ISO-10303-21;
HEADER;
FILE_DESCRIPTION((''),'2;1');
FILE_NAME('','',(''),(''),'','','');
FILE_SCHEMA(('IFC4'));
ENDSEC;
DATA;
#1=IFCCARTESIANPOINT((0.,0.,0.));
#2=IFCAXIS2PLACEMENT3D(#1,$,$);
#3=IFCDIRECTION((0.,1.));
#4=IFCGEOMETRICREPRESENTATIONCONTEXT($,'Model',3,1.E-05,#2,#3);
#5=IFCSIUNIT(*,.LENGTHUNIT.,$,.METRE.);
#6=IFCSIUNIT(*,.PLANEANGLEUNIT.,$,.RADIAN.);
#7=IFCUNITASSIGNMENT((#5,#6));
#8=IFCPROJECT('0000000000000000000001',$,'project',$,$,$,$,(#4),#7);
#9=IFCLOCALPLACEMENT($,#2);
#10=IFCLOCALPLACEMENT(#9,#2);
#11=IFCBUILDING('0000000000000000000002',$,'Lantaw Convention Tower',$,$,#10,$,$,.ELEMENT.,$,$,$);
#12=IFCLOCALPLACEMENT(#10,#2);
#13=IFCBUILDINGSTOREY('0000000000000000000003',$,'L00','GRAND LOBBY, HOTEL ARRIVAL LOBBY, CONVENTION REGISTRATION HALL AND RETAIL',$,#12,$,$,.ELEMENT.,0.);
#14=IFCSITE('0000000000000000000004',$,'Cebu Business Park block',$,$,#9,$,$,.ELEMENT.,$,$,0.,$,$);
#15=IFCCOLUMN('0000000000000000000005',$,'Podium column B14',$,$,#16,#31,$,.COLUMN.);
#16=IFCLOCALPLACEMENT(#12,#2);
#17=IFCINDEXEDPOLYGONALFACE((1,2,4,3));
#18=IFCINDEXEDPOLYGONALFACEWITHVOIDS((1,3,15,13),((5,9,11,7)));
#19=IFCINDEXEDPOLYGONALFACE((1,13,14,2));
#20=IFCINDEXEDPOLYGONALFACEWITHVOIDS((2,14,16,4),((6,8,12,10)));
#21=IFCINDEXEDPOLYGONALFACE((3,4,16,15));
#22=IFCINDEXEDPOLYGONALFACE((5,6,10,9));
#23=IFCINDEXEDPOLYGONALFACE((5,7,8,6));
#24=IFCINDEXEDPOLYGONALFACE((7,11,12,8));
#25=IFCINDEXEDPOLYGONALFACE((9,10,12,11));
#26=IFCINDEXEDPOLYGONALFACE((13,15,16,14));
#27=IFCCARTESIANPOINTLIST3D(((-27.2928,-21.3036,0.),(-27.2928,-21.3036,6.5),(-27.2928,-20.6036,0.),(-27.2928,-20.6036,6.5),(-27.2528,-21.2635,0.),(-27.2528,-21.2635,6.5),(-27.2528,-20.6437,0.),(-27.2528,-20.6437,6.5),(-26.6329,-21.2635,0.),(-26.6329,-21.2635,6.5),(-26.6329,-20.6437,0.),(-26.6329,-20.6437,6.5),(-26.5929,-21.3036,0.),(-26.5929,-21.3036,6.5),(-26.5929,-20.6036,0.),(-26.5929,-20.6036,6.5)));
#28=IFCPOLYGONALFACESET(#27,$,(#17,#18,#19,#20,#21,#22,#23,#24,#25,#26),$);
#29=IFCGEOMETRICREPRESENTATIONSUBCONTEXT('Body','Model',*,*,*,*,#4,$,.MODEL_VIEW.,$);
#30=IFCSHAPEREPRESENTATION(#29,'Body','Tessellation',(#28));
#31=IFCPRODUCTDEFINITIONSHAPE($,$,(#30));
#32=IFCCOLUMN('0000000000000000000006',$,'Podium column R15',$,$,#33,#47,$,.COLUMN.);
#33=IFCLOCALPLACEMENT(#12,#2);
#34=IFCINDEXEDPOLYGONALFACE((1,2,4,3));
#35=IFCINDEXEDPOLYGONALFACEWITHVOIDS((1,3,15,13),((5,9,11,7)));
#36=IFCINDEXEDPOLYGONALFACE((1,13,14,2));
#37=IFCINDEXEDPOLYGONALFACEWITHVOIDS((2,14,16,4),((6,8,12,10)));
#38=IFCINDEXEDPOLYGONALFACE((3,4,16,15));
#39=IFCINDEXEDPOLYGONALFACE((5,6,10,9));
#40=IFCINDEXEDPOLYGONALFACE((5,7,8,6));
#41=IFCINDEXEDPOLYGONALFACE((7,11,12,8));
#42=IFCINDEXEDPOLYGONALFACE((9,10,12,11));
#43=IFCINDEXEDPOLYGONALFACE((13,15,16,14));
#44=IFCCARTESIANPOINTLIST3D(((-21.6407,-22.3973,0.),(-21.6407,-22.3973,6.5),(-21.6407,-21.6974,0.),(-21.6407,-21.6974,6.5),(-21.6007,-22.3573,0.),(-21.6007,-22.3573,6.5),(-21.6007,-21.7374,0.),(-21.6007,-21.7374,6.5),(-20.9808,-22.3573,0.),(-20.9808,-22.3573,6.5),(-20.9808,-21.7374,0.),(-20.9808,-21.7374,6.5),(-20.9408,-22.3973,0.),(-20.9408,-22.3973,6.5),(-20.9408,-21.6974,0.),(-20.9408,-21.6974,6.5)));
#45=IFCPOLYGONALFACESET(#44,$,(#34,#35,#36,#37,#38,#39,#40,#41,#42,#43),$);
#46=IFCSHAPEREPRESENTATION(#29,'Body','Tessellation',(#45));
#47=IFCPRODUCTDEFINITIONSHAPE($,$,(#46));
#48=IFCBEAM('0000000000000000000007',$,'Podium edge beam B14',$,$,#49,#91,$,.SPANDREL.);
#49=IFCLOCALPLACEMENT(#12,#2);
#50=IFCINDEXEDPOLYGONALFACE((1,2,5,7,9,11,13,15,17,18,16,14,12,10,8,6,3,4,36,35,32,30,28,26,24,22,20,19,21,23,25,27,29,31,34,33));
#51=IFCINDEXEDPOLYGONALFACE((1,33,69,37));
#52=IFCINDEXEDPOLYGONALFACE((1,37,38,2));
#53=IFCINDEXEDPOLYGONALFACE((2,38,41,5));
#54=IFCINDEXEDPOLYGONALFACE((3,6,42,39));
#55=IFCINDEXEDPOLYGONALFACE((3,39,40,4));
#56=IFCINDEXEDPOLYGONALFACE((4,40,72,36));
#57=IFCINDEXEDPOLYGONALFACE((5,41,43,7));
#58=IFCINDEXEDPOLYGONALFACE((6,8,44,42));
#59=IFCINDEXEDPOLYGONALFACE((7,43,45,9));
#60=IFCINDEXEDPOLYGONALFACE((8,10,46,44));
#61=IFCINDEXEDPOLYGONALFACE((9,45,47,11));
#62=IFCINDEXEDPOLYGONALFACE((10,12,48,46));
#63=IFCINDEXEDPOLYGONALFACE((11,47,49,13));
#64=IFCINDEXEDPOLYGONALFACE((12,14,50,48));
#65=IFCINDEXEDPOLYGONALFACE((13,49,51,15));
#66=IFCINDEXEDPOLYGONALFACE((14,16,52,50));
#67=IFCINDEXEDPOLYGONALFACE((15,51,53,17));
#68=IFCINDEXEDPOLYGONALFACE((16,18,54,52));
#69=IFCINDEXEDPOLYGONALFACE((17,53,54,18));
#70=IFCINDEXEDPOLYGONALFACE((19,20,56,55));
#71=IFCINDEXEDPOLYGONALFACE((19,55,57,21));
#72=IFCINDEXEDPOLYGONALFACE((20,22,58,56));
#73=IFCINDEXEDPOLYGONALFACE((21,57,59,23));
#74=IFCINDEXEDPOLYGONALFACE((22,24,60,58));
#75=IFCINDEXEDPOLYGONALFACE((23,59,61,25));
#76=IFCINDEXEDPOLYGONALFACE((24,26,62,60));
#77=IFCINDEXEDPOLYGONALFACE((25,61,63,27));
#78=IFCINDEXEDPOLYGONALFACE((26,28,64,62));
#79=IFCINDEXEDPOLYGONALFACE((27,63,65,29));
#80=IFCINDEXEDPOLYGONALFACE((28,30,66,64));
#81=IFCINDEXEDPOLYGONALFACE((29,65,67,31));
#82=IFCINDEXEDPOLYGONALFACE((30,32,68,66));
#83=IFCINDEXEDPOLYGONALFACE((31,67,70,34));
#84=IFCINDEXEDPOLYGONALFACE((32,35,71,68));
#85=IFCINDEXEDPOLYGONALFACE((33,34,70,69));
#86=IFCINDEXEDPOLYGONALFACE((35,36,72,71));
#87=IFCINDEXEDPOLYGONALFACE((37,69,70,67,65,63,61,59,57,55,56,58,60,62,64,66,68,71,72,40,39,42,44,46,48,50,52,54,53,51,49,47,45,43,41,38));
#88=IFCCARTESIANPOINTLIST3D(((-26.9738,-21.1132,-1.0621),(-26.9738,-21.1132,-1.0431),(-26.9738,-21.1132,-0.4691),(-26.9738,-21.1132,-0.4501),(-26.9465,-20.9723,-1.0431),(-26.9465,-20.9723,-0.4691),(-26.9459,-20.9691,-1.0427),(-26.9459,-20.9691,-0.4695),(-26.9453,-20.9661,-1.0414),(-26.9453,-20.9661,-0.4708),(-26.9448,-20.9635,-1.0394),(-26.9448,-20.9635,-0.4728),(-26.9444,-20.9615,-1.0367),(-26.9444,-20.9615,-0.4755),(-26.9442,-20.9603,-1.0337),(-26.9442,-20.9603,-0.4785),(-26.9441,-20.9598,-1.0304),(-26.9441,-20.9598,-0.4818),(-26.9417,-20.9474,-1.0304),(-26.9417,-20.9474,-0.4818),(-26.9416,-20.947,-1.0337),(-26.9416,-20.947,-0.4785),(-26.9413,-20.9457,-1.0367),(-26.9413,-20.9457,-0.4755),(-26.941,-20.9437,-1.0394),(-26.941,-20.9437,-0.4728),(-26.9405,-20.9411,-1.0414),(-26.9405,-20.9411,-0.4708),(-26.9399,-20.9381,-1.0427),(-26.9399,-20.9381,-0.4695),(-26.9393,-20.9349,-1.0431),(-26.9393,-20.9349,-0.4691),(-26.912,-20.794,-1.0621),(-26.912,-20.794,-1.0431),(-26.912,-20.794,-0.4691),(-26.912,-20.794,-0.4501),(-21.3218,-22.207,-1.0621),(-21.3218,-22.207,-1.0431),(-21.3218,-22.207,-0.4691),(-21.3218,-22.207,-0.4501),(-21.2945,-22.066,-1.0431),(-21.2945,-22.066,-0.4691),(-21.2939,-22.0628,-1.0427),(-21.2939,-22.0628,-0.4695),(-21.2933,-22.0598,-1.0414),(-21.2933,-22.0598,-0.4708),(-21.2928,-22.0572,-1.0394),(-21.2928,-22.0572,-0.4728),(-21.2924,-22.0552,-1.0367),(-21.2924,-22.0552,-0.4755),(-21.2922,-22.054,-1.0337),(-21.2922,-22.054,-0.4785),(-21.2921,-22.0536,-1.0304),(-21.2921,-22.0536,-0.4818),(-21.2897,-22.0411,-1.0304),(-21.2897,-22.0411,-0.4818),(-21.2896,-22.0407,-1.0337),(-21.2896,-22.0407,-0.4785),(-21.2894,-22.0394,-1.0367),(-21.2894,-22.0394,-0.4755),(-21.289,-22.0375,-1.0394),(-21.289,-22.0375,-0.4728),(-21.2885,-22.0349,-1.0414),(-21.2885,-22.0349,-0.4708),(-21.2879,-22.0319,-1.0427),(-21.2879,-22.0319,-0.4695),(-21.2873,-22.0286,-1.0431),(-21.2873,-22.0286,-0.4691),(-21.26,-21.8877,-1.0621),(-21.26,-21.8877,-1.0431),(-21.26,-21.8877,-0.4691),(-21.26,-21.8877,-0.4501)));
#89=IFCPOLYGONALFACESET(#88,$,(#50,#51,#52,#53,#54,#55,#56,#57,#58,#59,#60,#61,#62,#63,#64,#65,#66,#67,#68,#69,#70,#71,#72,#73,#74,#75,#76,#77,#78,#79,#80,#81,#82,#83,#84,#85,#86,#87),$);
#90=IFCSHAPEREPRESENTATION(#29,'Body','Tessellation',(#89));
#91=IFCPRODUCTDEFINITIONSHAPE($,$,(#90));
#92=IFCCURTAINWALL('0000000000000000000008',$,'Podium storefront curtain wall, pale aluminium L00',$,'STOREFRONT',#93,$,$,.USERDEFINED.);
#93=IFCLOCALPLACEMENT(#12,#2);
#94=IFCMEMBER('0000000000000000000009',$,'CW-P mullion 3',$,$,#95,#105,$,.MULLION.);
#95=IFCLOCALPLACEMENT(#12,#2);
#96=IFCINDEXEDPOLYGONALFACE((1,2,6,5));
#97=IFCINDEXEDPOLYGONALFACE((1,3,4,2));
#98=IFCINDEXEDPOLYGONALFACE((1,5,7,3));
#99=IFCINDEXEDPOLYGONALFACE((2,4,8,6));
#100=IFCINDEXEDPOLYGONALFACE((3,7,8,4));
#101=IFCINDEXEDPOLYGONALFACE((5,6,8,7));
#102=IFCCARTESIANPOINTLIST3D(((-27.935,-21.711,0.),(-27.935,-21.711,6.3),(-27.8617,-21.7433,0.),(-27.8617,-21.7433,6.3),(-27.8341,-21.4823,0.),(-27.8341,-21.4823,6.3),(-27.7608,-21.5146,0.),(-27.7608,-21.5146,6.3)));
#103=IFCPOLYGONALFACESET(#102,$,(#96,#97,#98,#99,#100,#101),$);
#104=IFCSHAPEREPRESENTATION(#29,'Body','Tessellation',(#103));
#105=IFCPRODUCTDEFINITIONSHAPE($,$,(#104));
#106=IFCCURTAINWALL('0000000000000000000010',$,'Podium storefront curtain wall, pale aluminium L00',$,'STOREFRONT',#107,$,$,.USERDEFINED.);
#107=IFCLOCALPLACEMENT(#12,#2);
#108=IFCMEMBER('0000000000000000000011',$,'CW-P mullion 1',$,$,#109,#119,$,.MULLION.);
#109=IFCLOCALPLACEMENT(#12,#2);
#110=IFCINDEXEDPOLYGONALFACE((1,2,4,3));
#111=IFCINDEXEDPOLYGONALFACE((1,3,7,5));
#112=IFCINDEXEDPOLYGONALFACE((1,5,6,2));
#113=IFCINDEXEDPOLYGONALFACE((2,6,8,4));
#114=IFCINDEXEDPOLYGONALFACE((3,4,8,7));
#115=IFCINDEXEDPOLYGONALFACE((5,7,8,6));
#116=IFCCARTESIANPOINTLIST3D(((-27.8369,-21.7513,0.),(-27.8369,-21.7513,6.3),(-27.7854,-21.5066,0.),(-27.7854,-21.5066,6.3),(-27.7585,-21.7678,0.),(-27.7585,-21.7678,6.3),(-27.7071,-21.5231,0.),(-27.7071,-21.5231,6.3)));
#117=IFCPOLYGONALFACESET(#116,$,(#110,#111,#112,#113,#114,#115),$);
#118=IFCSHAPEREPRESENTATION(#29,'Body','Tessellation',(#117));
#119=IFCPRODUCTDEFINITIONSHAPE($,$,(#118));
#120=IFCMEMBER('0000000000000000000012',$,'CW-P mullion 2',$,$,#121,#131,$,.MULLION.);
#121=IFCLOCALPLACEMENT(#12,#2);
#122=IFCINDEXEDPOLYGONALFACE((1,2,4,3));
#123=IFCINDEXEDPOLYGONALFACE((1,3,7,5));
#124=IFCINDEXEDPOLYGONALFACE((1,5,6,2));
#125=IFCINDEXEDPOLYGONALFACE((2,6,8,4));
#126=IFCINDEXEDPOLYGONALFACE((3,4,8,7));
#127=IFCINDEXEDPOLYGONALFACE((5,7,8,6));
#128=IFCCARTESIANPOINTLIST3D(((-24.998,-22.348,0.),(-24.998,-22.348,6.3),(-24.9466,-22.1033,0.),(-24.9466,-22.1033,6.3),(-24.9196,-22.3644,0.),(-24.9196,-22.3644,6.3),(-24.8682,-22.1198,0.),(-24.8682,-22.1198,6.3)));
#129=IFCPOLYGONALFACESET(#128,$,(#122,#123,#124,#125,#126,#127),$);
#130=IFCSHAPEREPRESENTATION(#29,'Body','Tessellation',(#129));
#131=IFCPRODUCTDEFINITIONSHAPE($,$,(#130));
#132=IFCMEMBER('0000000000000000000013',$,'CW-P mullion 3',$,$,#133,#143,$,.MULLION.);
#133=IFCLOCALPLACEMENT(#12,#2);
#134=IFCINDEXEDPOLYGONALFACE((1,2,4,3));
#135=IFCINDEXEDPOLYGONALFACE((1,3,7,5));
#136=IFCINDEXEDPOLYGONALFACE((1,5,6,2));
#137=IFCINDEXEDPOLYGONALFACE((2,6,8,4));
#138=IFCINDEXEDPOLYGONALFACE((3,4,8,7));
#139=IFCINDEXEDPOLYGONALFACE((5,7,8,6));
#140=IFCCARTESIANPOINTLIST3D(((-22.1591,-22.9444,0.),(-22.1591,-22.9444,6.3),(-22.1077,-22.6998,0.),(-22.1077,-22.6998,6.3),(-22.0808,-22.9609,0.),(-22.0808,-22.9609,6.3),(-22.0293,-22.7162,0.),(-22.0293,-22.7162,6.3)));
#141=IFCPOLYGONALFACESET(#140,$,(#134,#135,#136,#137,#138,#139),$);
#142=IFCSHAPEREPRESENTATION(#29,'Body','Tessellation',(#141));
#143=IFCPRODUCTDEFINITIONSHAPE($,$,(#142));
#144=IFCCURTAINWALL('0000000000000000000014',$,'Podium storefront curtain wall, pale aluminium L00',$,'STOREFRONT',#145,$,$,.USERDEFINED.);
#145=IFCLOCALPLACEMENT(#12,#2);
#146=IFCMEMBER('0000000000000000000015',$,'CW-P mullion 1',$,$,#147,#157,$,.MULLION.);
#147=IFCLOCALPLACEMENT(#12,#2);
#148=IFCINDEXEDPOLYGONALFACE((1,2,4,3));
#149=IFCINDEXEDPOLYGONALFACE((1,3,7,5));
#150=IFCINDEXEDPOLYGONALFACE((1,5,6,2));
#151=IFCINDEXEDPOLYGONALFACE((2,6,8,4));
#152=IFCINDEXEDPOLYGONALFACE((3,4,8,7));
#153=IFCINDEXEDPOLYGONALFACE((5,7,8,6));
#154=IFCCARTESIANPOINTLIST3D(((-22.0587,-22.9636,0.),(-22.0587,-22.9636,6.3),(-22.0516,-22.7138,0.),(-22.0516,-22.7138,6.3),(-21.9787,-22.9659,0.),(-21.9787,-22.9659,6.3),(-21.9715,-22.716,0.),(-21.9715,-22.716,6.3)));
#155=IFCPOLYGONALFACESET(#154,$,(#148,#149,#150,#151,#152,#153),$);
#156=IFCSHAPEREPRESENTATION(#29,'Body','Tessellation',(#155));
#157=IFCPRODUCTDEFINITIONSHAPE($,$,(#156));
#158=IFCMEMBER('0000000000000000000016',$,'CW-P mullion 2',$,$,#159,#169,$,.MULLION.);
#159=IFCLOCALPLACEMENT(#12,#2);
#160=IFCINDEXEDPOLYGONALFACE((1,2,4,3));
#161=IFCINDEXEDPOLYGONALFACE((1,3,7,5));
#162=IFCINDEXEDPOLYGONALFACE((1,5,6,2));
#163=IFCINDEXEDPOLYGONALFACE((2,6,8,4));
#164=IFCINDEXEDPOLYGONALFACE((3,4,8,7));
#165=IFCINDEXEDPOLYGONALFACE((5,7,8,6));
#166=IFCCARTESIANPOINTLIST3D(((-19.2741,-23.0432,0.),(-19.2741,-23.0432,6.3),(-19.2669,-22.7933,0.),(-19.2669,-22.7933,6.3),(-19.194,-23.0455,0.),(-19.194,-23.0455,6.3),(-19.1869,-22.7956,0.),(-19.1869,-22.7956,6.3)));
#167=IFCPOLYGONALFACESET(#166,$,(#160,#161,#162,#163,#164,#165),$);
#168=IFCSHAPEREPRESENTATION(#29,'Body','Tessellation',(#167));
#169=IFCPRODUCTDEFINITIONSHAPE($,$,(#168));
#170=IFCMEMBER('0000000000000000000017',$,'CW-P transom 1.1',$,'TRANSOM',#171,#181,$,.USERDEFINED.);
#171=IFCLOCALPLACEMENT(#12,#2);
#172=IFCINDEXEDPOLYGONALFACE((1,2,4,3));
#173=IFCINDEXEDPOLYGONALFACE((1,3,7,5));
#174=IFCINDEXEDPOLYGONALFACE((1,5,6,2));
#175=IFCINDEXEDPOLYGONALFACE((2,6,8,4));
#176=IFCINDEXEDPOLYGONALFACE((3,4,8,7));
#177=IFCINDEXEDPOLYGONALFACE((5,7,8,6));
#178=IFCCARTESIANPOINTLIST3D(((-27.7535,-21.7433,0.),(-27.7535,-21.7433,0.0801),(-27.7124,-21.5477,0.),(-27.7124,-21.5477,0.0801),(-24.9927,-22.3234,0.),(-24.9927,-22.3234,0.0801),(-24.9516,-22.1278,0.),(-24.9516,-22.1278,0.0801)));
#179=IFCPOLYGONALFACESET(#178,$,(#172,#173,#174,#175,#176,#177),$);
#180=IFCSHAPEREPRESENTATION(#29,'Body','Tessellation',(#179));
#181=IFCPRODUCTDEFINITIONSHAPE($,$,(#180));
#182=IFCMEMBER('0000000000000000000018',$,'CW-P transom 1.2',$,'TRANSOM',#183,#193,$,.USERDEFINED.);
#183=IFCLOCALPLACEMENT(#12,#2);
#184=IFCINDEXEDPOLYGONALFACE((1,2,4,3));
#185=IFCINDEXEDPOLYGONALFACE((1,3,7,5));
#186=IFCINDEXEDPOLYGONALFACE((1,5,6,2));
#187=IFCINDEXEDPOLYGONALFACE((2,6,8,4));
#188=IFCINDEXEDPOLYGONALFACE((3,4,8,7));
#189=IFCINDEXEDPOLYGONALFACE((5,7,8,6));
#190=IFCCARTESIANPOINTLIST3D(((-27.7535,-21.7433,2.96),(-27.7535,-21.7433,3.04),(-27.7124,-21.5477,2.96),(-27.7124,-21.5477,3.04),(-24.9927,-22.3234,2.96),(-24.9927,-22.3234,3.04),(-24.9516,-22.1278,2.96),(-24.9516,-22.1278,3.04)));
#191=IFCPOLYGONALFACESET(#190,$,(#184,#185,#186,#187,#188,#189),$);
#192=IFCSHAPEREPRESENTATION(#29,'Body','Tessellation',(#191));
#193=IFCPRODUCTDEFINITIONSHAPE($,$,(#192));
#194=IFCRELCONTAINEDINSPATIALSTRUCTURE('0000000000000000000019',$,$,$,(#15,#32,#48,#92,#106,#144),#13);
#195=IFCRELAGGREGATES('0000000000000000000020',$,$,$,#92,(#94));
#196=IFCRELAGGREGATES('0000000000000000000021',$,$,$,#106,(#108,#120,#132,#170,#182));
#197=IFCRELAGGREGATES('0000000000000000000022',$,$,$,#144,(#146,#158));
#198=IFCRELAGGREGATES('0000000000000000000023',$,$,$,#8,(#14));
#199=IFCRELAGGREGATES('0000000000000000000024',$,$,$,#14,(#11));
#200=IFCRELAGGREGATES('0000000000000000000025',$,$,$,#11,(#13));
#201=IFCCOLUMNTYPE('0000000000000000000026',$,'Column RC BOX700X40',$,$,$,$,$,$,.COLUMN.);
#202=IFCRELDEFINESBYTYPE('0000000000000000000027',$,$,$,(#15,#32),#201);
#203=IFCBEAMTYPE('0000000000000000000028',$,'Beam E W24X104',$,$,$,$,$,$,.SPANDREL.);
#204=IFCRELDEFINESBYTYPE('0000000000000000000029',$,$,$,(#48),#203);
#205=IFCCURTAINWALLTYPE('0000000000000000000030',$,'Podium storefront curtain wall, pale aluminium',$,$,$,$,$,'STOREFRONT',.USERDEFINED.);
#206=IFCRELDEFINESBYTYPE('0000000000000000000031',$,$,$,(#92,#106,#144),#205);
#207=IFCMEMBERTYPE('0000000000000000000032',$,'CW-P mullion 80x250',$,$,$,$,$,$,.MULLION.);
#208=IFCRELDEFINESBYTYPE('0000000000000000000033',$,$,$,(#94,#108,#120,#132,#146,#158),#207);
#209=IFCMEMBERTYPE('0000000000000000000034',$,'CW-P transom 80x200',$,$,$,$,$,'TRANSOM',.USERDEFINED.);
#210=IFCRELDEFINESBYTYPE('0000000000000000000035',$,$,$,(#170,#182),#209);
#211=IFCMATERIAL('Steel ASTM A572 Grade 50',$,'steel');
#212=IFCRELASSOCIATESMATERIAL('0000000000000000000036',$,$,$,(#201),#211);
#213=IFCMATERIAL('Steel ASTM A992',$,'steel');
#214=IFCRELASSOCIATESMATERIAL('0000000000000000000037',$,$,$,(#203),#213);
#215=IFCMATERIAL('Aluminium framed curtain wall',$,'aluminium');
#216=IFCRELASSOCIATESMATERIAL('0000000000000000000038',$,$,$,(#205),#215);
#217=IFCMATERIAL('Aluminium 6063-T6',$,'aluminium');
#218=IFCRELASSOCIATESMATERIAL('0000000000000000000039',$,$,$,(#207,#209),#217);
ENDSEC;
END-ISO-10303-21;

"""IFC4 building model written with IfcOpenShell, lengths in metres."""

from ifc_helpers import new_model, si_unit, direction, frame, origin, origin_2d, place, context, subcontext, project, spatial, rectangle, hollow_rectangle, i_section, extrude, material, material_profile, profile_set, type_object, element, aggregate, save


model = new_model("IFC4")

# Units and contexts
model_context = context("Model", 3, precision=1e-05, world=origin(), true_north=direction((0.0, 1.0)))
body_context = subcontext(model_context, "Body", "Model", "MODEL_VIEW")
ifc_project = project(units=[si_unit("LENGTHUNIT", "METRE"), si_unit("PLANEANGLEUNIT", "RADIAN")], contexts=[model_context])

# Site, building, storey
site_placement = place(None, origin())
site = spatial("IfcSite", under=ifc_project, at=site_placement, Name="Cebu Business Park block", CompositionType="ELEMENT", RefElevation=0.0)
building_placement = place(site_placement, origin())
building = spatial("IfcBuilding", under=site, at=building_placement, Name="Lantaw Convention Tower", CompositionType="ELEMENT")
storey_placement = place(building_placement, origin())
storey = spatial("IfcBuildingStorey", under=building, at=storey_placement, Name="L00", Description="GRAND LOBBY, HOTEL ARRIVAL LOBBY, CONVENTION REGISTRATION HALL AND RETAIL", CompositionType="ELEMENT", Elevation=0.0)

# Columns
ifc_material_1 = material(Name="Steel ASTM A572 Grade 50", Category="steel")
ifc_material_profile_1 = material_profile(ifc_material_1, hollow_rectangle(XDim=0.7, YDim=0.7, WallThickness=0.04, at=origin_2d()), Name="BOX700X40")
ifc_profile_set_1 = profile_set([ifc_material_profile_1], Name="Steel ASTM A572 Grade 50")
column_type = type_object("IfcColumnType", Name="Column RC BOX700X40", PredefinedType="COLUMN", material=ifc_profile_set_1)
for number, where, z_axis, x_axis, name in (
    (1, (-26.9429, -20.9536, 0.0), (0.0, 0.0, 1.0), (1.0, 0.0, 0.0), "Podium column B14"),
    (2, (-21.2908, -22.0474, 0.0), (0.0, 0.0, 1.0), (1.0, 0.0, 0.0), "Podium column R15"),
):
    element("IfcColumn", number, at=place(storey_placement, frame(where, z_axis=z_axis, x_axis=x_axis)), inside=storey, type_object=column_type, Name=name, PredefinedType="COLUMN", context=body_context, shape_type="SweptSolid", body=[
        extrude(hollow_rectangle(XDim=0.7, YDim=0.7, WallThickness=0.04, at=origin_2d()), origin(), (0.0, 0.0, 1.0), 6.5),
    ])

# Beam
ifc_material_2 = material(Name="Steel ASTM A992", Category="steel")
ifc_material_profile_2 = material_profile(ifc_material_2, i_section(OverallWidth=0.3252, OverallDepth=0.6121, WebThickness=0.0127, FlangeThickness=0.019, FilletRadius=0.0127, at=origin_2d()), Name="W24X104")
ifc_profile_set_2 = profile_set([ifc_material_profile_2], Name="Steel ASTM A992")
beam_type = type_object("IfcBeamType", Name="Beam E W24X104", PredefinedType="SPANDREL", material=ifc_profile_set_2)
beam_placement = place(storey_placement, frame((-26.9429, -20.9536, -0.7561), z_axis=(0.981786, -0.189988, 0.0), x_axis=(0.189988, 0.981786, 0.0)))
element("IfcBeam", 3, at=beam_placement, inside=storey, type_object=beam_type, Name="Podium edge beam B14", PredefinedType="SPANDREL", context=body_context, shape_type="SweptSolid", body=[
    extrude(i_section(OverallWidth=0.3252, OverallDepth=0.6121, WebThickness=0.0127, FlangeThickness=0.019, FilletRadius=0.0127, at=origin_2d()), origin(), (0.0, 0.0, 1.0), 5.7568),
])

# Curtain wall, member
ifc_material_3 = material(Name="Aluminium framed curtain wall", Category="aluminium")
curtain_wall_type = type_object("IfcCurtainWallType", Name="Podium storefront curtain wall, pale aluminium", ElementType="STOREFRONT", PredefinedType="USERDEFINED", material=ifc_material_3)
curtain_wall_1_placement = place(storey_placement, origin())
curtain_wall_1 = element("IfcCurtainWall", 4, at=curtain_wall_1_placement, inside=storey, type_object=curtain_wall_type, Name="Podium storefront curtain wall, pale aluminium L00", ObjectType="STOREFRONT", PredefinedType="USERDEFINED")
ifc_material_4 = material(Name="Aluminium 6063-T6", Category="aluminium")
ifc_material_profile_3 = material_profile(ifc_material_4, rectangle(XDim=0.25, YDim=0.0801, at=origin_2d()), Name="CW-P mullion 80x250")
ifc_profile_set_3 = profile_set([ifc_material_profile_3], Name="Aluminium 6063-T6")
member_type_1 = type_object("IfcMemberType", Name="CW-P mullion 80x250", PredefinedType="MULLION", material=ifc_profile_set_3)
member_1_placement = place(storey_placement, frame((-27.8479, -21.6128, 0.0), z_axis=(0.0, 0.0, 1.0), x_axis=(0.403802, 0.914846, 0.0)))
member_1 = element("IfcMember", 5, at=member_1_placement, type_object=member_type_1, Name="CW-P mullion 3", PredefinedType="MULLION", context=body_context, shape_type="SweptSolid", body=[
    extrude(rectangle(XDim=0.25, YDim=0.0801, at=origin_2d()), origin(), (0.0, 0.0, 1.0), 6.3),
])
aggregate(curtain_wall_1, [member_1])

# Curtain walls, members
curtain_wall_2_placement = place(storey_placement, origin())
curtain_wall_2 = element("IfcCurtainWall", 6, at=curtain_wall_2_placement, inside=storey, type_object=curtain_wall_type, Name="Podium storefront curtain wall, pale aluminium L00", ObjectType="STOREFRONT", PredefinedType="USERDEFINED")
member_2_placement = place(storey_placement, frame((-27.772, -21.6372, 0.0), z_axis=(0.0, 0.0, 1.0), x_axis=(0.20565, 0.978626, 0.0)))
member_2 = element("IfcMember", 7, at=member_2_placement, type_object=member_type_1, Name="CW-P mullion 1", PredefinedType="MULLION", context=body_context, shape_type="SweptSolid", body=[
    extrude(rectangle(XDim=0.25, YDim=0.0801, at=origin_2d()), origin(), (0.0, 0.0, 1.0), 6.3),
])
member_3_placement = place(storey_placement, frame((-24.9331, -22.2339, 0.0), z_axis=(0.0, 0.0, 1.0), x_axis=(0.20565, 0.978626, 0.0)))
member_3 = element("IfcMember", 8, at=member_3_placement, type_object=member_type_1, Name="CW-P mullion 2", PredefinedType="MULLION", context=body_context, shape_type="SweptSolid", body=[
    extrude(rectangle(XDim=0.25, YDim=0.0801, at=origin_2d()), origin(), (0.0, 0.0, 1.0), 6.3),
])
member_4_placement = place(storey_placement, frame((-22.0942, -22.8303, 0.0), z_axis=(0.0, 0.0, 1.0), x_axis=(0.20565, 0.978626, 0.0)))
member_4 = element("IfcMember", 9, at=member_4_placement, type_object=member_type_1, Name="CW-P mullion 3", PredefinedType="MULLION", context=body_context, shape_type="SweptSolid", body=[
    extrude(rectangle(XDim=0.25, YDim=0.0801, at=origin_2d()), origin(), (0.0, 0.0, 1.0), 6.3),
])
curtain_wall_3_placement = place(storey_placement, origin())
curtain_wall_3 = element("IfcCurtainWall", 10, at=curtain_wall_3_placement, inside=storey, type_object=curtain_wall_type, Name="Podium storefront curtain wall, pale aluminium L00", ObjectType="STOREFRONT", PredefinedType="USERDEFINED")
member_5_placement = place(storey_placement, frame((-22.0151, -22.8398, 0.0), z_axis=(0.0, 0.0, 1.0), x_axis=(0.028552, 0.999592, 0.0)))
member_5 = element("IfcMember", 11, at=member_5_placement, type_object=member_type_1, Name="CW-P mullion 1", PredefinedType="MULLION", context=body_context, shape_type="SweptSolid", body=[
    extrude(rectangle(XDim=0.25, YDim=0.0801, at=origin_2d()), origin(), (0.0, 0.0, 1.0), 6.3),
])
member_6_placement = place(storey_placement, frame((-19.2305, -22.9194, 0.0), z_axis=(0.0, 0.0, 1.0), x_axis=(0.028552, 0.999592, 0.0)))
member_6 = element("IfcMember", 12, at=member_6_placement, type_object=member_type_1, Name="CW-P mullion 2", PredefinedType="MULLION", context=body_context, shape_type="SweptSolid", body=[
    extrude(rectangle(XDim=0.25, YDim=0.0801, at=origin_2d()), origin(), (0.0, 0.0, 1.0), 6.3),
])

# Members
ifc_material_profile_4 = material_profile(ifc_material_4, rectangle(XDim=0.2, YDim=0.0801, at=origin_2d()), Name="CW-P transom 80x200")
ifc_profile_set_4 = profile_set([ifc_material_profile_4], Name="Aluminium 6063-T6")
member_type_2 = type_object("IfcMemberType", Name="CW-P transom 80x200", ElementType="TRANSOM", PredefinedType="USERDEFINED", material=ifc_profile_set_4)
member_7_placement = place(storey_placement, frame((-27.7329, -21.6455, 0.04), z_axis=(0.978631, -0.205627, 0.0), x_axis=(0.205627, 0.978631, 0.0)))
member_7 = element("IfcMember", 13, at=member_7_placement, type_object=member_type_2, Name="CW-P transom 1.1", ObjectType="TRANSOM", PredefinedType="USERDEFINED", context=body_context, shape_type="SweptSolid", body=[
    extrude(rectangle(XDim=0.2, YDim=0.0801, at=origin_2d()), origin(), (0.0, 0.0, 1.0), 2.821),
])
member_8_placement = place(storey_placement, frame((-27.7329, -21.6455, 3.0), z_axis=(0.978631, -0.205627, 0.0), x_axis=(0.205627, 0.978631, 0.0)))
member_8 = element("IfcMember", 14, at=member_8_placement, type_object=member_type_2, Name="CW-P transom 1.2", ObjectType="TRANSOM", PredefinedType="USERDEFINED", context=body_context, shape_type="SweptSolid", body=[
    extrude(rectangle(XDim=0.2, YDim=0.0801, at=origin_2d()), origin(), (0.0, 0.0, 1.0), 2.821),
])

aggregate(curtain_wall_2, [member_2, member_3, member_4, member_7, member_8])
aggregate(curtain_wall_3, [member_5, member_6])

save(model, "model.ifc")
